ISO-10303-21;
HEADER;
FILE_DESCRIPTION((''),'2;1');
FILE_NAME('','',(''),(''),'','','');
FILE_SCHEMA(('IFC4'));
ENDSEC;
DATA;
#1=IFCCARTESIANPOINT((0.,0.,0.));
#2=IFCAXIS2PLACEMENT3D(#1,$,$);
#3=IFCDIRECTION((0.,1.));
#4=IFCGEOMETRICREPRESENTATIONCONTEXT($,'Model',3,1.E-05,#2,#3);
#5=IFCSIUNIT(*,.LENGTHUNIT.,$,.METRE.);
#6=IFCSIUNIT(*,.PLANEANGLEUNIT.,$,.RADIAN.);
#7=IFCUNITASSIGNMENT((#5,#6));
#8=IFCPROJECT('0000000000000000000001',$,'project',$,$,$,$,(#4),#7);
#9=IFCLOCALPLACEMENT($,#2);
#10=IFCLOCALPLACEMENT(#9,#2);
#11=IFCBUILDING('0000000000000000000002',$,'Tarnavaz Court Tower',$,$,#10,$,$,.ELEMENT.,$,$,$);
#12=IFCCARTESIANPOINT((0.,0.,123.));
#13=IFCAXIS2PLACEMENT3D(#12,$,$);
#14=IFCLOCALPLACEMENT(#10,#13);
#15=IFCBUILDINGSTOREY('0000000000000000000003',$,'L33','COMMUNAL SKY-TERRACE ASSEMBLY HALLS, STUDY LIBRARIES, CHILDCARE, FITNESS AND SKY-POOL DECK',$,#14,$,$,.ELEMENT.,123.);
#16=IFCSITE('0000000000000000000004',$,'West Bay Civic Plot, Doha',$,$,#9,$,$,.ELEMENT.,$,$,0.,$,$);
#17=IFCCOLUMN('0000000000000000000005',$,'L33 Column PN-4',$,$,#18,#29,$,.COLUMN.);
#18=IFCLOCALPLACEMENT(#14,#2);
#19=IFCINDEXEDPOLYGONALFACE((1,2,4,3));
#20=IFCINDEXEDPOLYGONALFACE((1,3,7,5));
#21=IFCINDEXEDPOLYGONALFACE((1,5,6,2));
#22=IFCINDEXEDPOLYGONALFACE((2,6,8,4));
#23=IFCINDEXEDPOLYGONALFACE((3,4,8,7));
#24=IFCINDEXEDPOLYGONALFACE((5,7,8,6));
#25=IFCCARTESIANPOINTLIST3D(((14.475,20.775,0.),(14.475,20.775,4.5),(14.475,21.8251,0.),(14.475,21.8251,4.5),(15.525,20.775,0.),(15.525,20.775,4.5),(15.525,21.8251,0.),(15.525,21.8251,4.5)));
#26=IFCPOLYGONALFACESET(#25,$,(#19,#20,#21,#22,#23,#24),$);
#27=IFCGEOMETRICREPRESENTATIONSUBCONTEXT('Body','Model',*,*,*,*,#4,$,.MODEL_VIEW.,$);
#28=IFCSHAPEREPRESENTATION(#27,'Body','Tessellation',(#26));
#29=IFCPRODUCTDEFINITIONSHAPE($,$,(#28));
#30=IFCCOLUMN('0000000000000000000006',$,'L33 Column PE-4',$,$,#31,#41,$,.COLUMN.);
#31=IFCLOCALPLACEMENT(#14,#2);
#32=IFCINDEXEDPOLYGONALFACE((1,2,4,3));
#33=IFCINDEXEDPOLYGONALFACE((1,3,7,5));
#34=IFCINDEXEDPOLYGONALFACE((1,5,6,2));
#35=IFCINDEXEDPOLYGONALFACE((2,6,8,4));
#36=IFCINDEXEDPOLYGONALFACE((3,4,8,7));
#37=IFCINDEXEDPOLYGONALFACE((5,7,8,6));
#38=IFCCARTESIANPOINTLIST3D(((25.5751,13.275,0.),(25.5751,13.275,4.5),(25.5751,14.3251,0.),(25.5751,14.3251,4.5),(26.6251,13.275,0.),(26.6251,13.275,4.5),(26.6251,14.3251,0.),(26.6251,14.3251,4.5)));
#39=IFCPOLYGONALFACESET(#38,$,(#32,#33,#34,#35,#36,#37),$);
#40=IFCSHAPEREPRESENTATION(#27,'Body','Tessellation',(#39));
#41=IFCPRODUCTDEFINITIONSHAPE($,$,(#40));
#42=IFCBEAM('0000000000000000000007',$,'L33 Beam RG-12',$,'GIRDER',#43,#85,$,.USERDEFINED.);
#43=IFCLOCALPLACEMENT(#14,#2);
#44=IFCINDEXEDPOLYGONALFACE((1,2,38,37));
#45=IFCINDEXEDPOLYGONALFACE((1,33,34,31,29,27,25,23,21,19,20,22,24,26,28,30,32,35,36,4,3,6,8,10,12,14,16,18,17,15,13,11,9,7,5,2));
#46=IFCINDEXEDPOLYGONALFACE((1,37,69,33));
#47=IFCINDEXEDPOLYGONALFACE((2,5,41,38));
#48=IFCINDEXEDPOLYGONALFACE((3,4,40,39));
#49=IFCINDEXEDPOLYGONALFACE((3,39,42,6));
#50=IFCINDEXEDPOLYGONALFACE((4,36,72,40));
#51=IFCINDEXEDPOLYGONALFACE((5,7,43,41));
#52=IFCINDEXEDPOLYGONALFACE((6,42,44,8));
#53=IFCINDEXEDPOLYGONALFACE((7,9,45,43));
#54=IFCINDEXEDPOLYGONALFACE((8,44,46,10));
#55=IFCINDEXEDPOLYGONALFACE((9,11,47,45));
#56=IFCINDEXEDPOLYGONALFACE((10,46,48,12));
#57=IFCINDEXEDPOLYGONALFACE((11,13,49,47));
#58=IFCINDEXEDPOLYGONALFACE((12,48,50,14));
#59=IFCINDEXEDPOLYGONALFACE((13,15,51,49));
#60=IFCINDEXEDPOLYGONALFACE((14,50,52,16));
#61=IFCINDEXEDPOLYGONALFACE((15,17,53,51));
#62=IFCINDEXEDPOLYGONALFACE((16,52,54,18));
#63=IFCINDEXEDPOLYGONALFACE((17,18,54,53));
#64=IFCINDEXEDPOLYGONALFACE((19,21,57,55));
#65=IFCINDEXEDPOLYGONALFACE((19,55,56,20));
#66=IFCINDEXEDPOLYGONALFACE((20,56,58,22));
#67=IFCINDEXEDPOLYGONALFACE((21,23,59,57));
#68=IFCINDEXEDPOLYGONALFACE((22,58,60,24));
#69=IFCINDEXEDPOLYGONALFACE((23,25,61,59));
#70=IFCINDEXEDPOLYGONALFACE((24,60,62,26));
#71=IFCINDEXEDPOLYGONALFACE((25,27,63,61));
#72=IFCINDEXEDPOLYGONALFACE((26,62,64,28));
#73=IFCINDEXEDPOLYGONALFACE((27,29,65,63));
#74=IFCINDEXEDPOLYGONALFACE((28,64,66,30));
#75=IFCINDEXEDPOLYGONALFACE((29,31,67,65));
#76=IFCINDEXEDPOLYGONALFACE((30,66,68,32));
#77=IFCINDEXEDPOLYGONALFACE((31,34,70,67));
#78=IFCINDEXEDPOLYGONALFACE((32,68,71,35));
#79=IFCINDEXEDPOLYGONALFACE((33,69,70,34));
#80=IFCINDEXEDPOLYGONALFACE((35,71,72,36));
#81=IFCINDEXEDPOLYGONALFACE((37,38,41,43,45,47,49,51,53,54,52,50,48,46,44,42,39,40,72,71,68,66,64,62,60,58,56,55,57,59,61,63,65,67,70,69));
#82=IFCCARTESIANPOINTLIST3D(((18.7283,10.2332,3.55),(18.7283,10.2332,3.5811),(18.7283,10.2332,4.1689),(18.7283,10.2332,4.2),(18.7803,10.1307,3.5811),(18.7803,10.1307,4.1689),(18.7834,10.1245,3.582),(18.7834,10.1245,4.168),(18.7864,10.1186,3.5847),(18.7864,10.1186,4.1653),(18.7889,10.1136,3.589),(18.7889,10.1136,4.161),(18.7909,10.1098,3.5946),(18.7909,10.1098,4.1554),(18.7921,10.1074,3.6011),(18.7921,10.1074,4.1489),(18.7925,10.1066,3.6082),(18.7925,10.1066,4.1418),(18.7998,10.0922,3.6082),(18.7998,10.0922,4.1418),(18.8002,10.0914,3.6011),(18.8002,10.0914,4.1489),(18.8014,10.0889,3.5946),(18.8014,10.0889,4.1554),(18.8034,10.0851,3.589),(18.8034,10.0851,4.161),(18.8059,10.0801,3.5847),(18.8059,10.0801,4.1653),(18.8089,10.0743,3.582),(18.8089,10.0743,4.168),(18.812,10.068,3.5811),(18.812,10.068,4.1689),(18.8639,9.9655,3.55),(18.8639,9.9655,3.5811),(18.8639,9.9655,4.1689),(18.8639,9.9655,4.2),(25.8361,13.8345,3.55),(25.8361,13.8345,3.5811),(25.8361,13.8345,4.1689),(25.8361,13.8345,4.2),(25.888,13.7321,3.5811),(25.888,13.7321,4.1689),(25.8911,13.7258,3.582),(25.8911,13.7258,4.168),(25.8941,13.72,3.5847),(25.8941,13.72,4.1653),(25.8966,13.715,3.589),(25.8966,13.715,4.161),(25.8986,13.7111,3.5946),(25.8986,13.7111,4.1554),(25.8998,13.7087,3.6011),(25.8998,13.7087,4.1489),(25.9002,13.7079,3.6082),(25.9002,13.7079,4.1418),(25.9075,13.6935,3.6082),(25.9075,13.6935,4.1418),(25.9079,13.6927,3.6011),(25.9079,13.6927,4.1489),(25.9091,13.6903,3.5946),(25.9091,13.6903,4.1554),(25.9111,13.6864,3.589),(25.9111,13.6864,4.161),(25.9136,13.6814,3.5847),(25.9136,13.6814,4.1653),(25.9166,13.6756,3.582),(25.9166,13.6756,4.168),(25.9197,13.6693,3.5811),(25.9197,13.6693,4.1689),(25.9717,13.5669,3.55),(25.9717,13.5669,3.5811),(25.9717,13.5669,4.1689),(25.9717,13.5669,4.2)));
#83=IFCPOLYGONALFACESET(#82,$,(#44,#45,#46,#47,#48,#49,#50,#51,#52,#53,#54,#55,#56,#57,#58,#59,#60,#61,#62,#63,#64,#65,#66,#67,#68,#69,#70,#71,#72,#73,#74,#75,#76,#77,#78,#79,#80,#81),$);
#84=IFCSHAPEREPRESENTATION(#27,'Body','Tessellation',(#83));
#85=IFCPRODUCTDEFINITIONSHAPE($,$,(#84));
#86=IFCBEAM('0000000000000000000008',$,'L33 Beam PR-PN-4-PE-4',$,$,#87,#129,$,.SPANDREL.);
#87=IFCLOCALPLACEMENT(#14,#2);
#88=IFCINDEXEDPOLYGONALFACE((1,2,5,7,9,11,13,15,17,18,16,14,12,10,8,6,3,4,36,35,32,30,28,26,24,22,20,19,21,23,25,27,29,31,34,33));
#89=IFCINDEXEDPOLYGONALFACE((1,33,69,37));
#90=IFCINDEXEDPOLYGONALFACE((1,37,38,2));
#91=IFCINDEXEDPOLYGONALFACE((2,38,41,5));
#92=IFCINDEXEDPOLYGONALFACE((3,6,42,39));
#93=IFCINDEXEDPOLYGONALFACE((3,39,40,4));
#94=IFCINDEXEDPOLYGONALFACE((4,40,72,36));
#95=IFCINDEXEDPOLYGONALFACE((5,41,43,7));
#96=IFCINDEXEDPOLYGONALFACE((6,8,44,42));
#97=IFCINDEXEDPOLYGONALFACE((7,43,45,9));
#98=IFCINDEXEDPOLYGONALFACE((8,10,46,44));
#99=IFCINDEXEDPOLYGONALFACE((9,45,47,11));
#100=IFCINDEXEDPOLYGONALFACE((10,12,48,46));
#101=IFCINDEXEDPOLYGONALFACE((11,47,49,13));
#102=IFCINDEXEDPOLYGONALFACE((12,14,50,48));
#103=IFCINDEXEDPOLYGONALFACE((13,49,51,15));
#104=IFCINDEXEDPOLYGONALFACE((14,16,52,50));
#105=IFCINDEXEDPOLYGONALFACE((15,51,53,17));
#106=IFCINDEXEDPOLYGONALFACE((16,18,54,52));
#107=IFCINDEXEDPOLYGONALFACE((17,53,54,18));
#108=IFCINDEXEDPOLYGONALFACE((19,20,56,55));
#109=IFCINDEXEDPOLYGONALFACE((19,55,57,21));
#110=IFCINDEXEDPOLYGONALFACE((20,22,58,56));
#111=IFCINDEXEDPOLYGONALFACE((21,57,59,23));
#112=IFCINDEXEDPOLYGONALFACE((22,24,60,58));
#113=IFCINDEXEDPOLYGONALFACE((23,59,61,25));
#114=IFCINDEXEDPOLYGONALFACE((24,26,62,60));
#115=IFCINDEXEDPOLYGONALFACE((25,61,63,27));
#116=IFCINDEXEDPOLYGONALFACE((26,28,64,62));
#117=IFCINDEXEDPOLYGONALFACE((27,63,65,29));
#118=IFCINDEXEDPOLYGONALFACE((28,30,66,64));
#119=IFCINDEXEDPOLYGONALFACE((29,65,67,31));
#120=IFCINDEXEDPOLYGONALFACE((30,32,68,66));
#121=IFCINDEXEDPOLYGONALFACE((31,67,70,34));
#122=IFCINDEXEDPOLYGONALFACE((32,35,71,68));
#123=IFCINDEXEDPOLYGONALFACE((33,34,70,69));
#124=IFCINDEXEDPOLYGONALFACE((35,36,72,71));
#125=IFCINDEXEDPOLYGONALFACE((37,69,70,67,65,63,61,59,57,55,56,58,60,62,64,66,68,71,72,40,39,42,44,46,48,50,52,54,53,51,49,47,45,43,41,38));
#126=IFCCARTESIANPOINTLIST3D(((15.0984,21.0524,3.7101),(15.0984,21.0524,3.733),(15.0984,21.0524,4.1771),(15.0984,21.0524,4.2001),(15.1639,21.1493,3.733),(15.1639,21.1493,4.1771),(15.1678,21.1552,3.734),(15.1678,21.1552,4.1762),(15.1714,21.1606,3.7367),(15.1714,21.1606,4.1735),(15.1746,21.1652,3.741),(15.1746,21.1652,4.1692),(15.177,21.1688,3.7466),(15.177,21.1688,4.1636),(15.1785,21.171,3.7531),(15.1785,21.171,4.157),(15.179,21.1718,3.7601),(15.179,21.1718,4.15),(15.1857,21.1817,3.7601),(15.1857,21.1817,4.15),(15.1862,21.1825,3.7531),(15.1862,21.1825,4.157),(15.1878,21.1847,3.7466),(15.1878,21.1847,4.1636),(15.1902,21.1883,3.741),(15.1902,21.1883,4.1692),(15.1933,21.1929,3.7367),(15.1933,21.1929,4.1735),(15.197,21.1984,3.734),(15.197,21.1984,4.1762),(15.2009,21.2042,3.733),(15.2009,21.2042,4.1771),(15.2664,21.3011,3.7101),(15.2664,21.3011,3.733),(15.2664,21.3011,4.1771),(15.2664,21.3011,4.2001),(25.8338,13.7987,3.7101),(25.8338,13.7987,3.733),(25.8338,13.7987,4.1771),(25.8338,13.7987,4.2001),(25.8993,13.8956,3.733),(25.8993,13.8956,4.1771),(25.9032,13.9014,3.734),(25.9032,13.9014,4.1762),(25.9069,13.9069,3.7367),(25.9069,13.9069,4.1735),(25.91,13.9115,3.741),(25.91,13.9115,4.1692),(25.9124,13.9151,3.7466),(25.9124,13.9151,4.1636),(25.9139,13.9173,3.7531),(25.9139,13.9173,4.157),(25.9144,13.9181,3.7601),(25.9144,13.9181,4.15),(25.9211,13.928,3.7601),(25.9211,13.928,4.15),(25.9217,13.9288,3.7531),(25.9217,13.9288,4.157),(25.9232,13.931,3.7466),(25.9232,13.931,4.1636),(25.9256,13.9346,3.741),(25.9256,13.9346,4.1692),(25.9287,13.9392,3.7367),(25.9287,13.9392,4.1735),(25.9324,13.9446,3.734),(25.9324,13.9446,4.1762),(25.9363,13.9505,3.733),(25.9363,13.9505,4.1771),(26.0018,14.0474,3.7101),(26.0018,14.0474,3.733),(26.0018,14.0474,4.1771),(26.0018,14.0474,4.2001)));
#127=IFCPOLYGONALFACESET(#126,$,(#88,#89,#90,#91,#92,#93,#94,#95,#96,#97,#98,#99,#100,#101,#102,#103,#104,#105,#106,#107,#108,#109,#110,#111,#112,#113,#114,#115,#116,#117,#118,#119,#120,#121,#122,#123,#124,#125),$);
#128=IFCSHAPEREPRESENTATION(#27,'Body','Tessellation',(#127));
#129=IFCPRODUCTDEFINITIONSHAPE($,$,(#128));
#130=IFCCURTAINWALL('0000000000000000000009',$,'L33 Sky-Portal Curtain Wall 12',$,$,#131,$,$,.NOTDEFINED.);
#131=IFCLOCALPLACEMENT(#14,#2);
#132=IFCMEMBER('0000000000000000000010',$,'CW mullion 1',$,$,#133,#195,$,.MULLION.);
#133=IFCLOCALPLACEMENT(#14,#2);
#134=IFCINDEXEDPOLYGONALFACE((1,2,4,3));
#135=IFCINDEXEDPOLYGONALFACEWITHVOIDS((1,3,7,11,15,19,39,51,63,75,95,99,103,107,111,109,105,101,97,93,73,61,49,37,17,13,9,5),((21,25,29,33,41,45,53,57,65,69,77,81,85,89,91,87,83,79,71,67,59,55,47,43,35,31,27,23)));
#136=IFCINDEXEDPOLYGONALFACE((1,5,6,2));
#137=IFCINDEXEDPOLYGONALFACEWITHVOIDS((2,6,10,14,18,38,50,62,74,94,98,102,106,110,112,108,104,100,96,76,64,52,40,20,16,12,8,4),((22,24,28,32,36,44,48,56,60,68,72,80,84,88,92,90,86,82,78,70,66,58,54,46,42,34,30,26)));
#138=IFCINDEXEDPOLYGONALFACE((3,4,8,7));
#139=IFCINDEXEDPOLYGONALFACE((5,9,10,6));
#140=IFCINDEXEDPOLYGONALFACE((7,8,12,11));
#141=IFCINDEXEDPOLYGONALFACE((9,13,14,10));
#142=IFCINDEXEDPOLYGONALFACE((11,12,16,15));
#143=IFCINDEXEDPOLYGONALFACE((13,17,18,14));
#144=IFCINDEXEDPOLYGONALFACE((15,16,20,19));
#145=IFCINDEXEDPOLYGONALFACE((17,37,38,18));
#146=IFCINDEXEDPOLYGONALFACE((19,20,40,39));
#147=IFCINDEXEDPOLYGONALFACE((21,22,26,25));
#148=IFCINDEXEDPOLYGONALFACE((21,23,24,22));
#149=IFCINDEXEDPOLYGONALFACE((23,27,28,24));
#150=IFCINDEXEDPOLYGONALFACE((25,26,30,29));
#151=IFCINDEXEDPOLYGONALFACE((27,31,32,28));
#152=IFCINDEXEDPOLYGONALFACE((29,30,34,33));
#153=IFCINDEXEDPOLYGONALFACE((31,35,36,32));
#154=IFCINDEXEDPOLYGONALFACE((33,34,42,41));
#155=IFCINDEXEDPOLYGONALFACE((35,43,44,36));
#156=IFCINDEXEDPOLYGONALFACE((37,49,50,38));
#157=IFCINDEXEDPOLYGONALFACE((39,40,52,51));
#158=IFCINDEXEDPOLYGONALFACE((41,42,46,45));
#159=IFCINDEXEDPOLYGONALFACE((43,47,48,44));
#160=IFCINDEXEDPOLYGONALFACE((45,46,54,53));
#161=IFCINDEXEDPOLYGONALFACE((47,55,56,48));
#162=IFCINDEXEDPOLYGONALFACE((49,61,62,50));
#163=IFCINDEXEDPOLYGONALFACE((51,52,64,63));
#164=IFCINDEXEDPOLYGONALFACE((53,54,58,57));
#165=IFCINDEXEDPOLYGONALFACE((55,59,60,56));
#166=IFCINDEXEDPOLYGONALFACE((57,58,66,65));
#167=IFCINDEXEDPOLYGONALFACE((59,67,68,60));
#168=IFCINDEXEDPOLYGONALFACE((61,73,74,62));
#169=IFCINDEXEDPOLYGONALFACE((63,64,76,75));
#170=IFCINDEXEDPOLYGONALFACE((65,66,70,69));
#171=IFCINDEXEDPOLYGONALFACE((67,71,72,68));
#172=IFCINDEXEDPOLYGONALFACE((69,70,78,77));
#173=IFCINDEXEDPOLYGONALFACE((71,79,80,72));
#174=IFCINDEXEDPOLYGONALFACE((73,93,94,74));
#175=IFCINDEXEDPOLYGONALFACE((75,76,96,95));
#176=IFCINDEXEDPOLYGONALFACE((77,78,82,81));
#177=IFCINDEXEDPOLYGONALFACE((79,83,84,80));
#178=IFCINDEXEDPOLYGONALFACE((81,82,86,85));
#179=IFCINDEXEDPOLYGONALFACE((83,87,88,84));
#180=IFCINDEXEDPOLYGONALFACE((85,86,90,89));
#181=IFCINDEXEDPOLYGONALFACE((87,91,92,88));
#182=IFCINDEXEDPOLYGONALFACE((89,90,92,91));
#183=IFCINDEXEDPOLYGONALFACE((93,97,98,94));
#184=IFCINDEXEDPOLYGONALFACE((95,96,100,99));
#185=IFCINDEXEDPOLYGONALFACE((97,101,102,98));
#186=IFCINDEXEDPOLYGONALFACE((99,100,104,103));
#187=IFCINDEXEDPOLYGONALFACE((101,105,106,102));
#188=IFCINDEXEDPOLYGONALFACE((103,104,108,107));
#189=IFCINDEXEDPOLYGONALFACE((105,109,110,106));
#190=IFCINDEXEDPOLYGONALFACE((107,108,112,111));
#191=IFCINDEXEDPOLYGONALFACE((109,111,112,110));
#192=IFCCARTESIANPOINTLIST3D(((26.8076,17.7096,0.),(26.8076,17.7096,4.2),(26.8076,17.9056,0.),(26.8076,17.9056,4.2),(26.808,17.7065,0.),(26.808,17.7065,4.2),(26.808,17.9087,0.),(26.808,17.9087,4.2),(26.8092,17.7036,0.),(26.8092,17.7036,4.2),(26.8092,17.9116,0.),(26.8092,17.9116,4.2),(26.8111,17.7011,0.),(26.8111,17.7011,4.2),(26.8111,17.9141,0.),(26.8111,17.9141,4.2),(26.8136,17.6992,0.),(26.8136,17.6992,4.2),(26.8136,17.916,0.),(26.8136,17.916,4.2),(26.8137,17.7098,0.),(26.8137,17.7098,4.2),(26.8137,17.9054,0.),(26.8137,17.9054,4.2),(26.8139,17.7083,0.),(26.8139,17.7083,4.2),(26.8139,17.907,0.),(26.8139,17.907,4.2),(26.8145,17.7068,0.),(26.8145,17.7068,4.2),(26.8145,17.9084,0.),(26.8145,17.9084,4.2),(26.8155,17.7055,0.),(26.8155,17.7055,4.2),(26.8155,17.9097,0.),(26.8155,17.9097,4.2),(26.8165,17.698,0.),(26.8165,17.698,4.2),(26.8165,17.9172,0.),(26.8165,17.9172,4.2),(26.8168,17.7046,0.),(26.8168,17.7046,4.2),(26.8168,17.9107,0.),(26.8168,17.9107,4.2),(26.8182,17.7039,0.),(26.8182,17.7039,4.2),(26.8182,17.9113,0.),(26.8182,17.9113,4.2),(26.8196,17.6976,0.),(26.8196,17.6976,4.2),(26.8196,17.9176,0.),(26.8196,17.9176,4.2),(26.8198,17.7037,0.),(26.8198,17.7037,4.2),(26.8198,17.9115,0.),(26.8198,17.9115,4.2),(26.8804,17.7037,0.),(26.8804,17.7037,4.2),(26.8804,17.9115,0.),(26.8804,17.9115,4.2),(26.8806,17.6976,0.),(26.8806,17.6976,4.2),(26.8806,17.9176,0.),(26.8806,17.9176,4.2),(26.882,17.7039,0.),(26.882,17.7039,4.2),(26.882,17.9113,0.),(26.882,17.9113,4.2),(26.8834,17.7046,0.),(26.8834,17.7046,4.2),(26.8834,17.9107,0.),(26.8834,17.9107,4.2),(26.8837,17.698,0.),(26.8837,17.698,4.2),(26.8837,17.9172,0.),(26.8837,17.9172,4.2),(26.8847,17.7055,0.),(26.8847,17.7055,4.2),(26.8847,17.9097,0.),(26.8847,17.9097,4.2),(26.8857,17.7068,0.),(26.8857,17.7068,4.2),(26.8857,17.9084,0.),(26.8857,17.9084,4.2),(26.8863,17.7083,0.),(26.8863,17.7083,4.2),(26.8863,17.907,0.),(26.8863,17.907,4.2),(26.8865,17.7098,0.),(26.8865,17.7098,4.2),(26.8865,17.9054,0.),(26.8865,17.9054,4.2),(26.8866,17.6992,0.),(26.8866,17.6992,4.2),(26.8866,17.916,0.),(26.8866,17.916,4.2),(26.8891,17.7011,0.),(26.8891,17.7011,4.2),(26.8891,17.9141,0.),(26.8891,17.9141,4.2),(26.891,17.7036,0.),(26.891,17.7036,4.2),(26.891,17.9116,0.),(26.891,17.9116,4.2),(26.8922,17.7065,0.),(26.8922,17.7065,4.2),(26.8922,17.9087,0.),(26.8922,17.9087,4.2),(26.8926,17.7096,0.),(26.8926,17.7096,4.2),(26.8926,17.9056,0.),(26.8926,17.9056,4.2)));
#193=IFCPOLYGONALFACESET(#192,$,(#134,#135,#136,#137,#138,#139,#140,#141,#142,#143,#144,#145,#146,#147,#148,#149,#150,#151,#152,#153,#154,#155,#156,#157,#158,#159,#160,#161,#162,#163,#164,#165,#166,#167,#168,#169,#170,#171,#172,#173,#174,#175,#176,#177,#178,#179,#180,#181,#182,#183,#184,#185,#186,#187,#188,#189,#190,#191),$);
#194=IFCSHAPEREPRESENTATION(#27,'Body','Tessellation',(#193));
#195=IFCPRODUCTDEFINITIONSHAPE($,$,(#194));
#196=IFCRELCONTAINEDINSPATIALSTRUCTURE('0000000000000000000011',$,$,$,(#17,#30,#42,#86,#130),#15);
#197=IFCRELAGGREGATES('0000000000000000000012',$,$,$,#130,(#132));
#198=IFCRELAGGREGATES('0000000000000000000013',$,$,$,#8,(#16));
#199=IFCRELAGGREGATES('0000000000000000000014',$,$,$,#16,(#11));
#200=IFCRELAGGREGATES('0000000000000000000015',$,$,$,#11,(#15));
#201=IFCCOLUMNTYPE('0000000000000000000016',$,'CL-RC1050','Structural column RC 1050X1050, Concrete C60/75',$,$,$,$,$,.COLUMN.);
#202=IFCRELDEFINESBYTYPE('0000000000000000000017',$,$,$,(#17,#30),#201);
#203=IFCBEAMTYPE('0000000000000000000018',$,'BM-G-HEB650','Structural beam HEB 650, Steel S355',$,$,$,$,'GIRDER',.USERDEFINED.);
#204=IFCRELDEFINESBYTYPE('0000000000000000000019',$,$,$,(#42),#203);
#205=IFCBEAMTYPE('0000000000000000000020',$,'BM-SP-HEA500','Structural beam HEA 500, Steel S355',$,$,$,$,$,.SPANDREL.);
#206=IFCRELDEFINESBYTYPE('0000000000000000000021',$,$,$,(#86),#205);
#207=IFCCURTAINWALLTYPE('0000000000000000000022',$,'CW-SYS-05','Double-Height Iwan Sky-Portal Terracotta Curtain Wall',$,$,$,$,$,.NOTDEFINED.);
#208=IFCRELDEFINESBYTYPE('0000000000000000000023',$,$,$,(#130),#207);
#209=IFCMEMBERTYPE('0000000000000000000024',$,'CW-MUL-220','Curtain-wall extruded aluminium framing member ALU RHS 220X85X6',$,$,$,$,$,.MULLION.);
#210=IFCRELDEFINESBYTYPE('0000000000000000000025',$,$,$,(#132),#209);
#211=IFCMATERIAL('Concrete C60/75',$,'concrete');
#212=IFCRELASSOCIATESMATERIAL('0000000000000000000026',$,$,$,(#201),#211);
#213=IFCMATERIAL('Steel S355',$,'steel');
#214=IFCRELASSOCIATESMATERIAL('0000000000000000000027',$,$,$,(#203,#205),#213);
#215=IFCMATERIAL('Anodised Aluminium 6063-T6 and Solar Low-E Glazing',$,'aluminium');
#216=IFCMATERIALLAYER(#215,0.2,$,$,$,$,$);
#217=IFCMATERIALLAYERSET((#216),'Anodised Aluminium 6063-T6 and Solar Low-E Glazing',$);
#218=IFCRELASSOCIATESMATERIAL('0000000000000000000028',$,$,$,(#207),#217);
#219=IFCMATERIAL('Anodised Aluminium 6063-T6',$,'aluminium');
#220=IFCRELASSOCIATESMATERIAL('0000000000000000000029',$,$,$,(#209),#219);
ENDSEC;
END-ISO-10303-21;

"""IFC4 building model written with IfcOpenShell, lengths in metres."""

from ifc_helpers import new_model, si_unit, direction, frame, origin, origin_2d, place, context, subcontext, project, spatial, rectangle, hollow_rectangle, i_section, extrude, material, layer, layer_set, material_profile, profile_set, type_object, element, aggregate, save


model = new_model("IFC4")

# Units and contexts
model_context = context("Model", 3, precision=1e-05, world=origin(), true_north=direction((0.0, 1.0)))
body_context = subcontext(model_context, "Body", "Model", "MODEL_VIEW")
ifc_project = project(units=[si_unit("LENGTHUNIT", "METRE"), si_unit("PLANEANGLEUNIT", "RADIAN")], contexts=[model_context])

# Site, building, storey
site_placement = place(None, origin())
site = spatial("IfcSite", under=ifc_project, at=site_placement, Name="West Bay Civic Plot, Doha", CompositionType="ELEMENT", RefElevation=0.0)
building_placement = place(site_placement, origin())
building = spatial("IfcBuilding", under=site, at=building_placement, Name="Tarnavaz Court Tower", CompositionType="ELEMENT")
storey_placement = place(building_placement, frame((0.0, 0.0, 123.0)))
storey = spatial("IfcBuildingStorey", under=building, at=storey_placement, Name="L33", Description="COMMUNAL SKY-TERRACE ASSEMBLY HALLS, STUDY LIBRARIES, CHILDCARE, FITNESS AND SKY-POOL DECK", CompositionType="ELEMENT", Elevation=123.0)

# Columns
ifc_material_1 = material(Name="Concrete C60/75", Category="concrete")
ifc_material_profile_1 = material_profile(ifc_material_1, rectangle(XDim=1.05, YDim=1.05, at=origin_2d()), Name="RC 1050X1050")
ifc_profile_set_1 = profile_set([ifc_material_profile_1], Name="Concrete C60/75")
column_type = type_object("IfcColumnType", Name="CL-RC1050", Description="Structural column RC 1050X1050, Concrete C60/75", PredefinedType="COLUMN", material=ifc_profile_set_1)
for number, where, z_axis, x_axis, name in (
    (1, (15.0, 21.3, 0.0), (0.0, 0.0, 1.0), (1.0, 0.0, 0.0), "L33 Column PN-4"),
    (2, (26.1001, 13.8, 0.0), (0.0, 0.0, 1.0), (1.0, 0.0, 0.0), "L33 Column PE-4"),
):
    element("IfcColumn", number, at=place(storey_placement, frame(where, z_axis=z_axis, x_axis=x_axis)), inside=storey, type_object=column_type, Name=name, PredefinedType="COLUMN", context=body_context, shape_type="SweptSolid", body=[
        extrude(rectangle(XDim=1.05, YDim=1.05, at=origin_2d()), origin(), (0.0, 0.0, 1.0), 4.5),
    ])

# Beams
ifc_material_2 = material(Name="Steel S355", Category="steel")
ifc_material_profile_2 = material_profile(ifc_material_2, i_section(OverallWidth=0.3, OverallDepth=0.6499, WebThickness=0.0161, FlangeThickness=0.031, FilletRadius=0.0271, at=origin_2d()), Name="HEB 650")
ifc_profile_set_2 = profile_set([ifc_material_profile_2], Name="Steel S355")
beam_type_1 = type_object("IfcBeamType", Name="BM-G-HEB650", Description="Structural beam HEB 650, Steel S355", ElementType="GIRDER", PredefinedType="USERDEFINED", material=ifc_profile_set_2)
beam_1_placement = place(storey_placement, frame((18.7961, 10.0994, 3.875), z_axis=(0.892031, 0.451975, 0.0), x_axis=(-0.451975, 0.892031, 0.0)))
element("IfcBeam", 3, at=beam_1_placement, inside=storey, type_object=beam_type_1, Name="L33 Beam RG-12", ObjectType="GIRDER", PredefinedType="USERDEFINED", context=body_context, shape_type="SweptSolid", body=[
    extrude(i_section(OverallWidth=0.3, OverallDepth=0.6499, WebThickness=0.0161, FlangeThickness=0.031, FilletRadius=0.0271, at=origin_2d()), origin(), (0.0, 0.0, 1.0), 7.968),
])
ifc_material_profile_3 = material_profile(ifc_material_2, i_section(OverallWidth=0.3, OverallDepth=0.49, WebThickness=0.012, FlangeThickness=0.0229, FilletRadius=0.0271, at=origin_2d()), Name="HEA 500")
ifc_profile_set_3 = profile_set([ifc_material_profile_3], Name="Steel S355")
beam_type_2 = type_object("IfcBeamType", Name="BM-SP-HEA500", Description="Structural beam HEA 500, Steel S355", PredefinedType="SPANDREL", material=ifc_profile_set_3)
beam_2_placement = place(storey_placement, frame((15.1824, 21.1768, 3.9551), z_axis=(0.828587, -0.55986, 0.0), x_axis=(0.55986, 0.828587, 0.0)))
element("IfcBeam", 4, at=beam_2_placement, inside=storey, type_object=beam_type_2, Name="L33 Beam PR-PN-4-PE-4", PredefinedType="SPANDREL", context=body_context, shape_type="SweptSolid", body=[
    extrude(i_section(OverallWidth=0.3, OverallDepth=0.49, WebThickness=0.012, FlangeThickness=0.0229, FilletRadius=0.0271, at=origin_2d()), origin(), (0.0, 0.0, 1.0), 12.9563),
])

# Curtain wall, member
ifc_material_3 = material(Name="Anodised Aluminium 6063-T6 and Solar Low-E Glazing", Category="aluminium")
ifc_layer_1 = layer(ifc_material_3, 0.2)
ifc_layer_set_1 = layer_set([ifc_layer_1], Name="Anodised Aluminium 6063-T6 and Solar Low-E Glazing")
curtain_wall_type = type_object("IfcCurtainWallType", Name="CW-SYS-05", Description="Double-Height Iwan Sky-Portal Terracotta Curtain Wall", PredefinedType="NOTDEFINED", material=ifc_layer_set_1)
curtain_wall_placement = place(storey_placement, origin())
curtain_wall = element("IfcCurtainWall", 5, at=curtain_wall_placement, inside=storey, type_object=curtain_wall_type, Name="L33 Sky-Portal Curtain Wall 12", PredefinedType="NOTDEFINED")
ifc_material_4 = material(Name="Anodised Aluminium 6063-T6", Category="aluminium")
ifc_material_profile_4 = material_profile(ifc_material_4, hollow_rectangle(XDim=0.085, YDim=0.22, WallThickness=0.0061, InnerFilletRadius=0.0061, OuterFilletRadius=0.012, at=origin_2d()), Name="ALU RHS 220X85X6")
ifc_profile_set_4 = profile_set([ifc_material_profile_4], Name="Anodised Aluminium 6063-T6")
member_type_1 = type_object("IfcMemberType", Name="CW-MUL-220", Description="Curtain-wall extruded aluminium framing member ALU RHS 220X85X6", PredefinedType="MULLION", material=ifc_profile_set_4)
member_1_placement = place(storey_placement, frame((26.8501, 17.8076, 0.0), z_axis=(0.0, 0.0, 1.0), x_axis=(1.0, 0.0, 0.0)))
member_1 = element("IfcMember", 6, at=member_1_placement, type_object=member_type_1, Name="CW mullion 1", PredefinedType="MULLION", context=body_context, shape_type="SweptSolid", body=[
    extrude(hollow_rectangle(XDim=0.085, YDim=0.22, WallThickness=0.0061, InnerFilletRadius=0.0061, OuterFilletRadius=0.012, at=origin_2d()), origin(), (0.0, 0.0, 1.0), 4.2),
])
aggregate(curtain_wall, [member_1])

save(model, "model.ifc")
